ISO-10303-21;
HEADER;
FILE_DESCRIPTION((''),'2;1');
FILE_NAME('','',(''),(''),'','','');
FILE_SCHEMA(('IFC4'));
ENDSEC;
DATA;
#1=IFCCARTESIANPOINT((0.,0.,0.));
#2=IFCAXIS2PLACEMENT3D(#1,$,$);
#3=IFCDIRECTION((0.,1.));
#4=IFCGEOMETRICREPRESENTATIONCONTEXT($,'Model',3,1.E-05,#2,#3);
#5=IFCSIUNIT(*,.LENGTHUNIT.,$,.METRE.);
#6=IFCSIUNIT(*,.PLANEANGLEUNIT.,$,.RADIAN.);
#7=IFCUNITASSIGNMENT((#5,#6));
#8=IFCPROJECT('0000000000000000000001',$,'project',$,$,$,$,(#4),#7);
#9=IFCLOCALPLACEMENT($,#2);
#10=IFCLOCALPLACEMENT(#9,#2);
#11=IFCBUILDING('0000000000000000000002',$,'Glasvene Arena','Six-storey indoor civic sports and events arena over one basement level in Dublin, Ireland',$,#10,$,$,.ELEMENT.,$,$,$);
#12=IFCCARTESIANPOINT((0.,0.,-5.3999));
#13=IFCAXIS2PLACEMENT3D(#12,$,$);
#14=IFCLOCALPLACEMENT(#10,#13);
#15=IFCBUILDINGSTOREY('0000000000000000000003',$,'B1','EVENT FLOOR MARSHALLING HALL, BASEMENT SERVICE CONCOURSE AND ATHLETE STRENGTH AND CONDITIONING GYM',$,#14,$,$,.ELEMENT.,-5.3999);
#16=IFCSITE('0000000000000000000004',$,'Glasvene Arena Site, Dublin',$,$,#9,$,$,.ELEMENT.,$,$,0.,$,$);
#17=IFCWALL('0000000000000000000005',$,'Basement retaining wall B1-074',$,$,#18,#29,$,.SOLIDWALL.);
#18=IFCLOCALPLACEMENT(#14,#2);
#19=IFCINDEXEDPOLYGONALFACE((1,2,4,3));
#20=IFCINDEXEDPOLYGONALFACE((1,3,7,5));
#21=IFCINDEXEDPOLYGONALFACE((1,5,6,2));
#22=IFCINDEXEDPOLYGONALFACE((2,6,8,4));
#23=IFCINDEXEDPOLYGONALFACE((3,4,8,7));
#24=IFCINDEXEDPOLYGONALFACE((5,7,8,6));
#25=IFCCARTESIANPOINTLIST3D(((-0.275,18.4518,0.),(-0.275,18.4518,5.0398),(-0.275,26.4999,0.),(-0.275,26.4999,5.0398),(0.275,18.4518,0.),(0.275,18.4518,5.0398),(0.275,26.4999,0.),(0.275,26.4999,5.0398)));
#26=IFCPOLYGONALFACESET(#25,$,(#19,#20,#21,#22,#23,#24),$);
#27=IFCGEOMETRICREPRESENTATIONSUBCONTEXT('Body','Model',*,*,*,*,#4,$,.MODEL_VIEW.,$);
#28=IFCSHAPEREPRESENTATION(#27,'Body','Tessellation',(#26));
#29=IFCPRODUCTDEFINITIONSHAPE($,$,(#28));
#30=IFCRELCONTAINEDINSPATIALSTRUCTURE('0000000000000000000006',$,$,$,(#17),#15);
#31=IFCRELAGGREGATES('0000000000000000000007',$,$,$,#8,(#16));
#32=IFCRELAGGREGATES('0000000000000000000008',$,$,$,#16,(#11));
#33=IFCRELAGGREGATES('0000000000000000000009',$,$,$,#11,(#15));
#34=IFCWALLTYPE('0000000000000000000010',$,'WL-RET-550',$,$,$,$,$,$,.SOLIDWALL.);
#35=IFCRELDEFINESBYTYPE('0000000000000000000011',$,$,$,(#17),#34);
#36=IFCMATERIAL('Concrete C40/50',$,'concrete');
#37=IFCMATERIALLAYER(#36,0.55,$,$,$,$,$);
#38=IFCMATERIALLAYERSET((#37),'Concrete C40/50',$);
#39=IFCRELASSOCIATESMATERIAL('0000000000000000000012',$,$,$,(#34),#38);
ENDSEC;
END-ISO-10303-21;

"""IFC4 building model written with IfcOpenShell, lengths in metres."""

from ifc_helpers import new_model, si_unit, direction, frame, frame_2d, origin, place, context, subcontext, project, spatial, rectangle, extrude, material, layer, layer_set, type_object, element, save


model = new_model("IFC4")

# Units and contexts
model_context = context("Model", 3, precision=1e-05, world=origin(), true_north=direction((0.0, 1.0)))
body_context = subcontext(model_context, "Body", "Model", "MODEL_VIEW")
ifc_project = project(units=[si_unit("LENGTHUNIT", "METRE"), si_unit("PLANEANGLEUNIT", "RADIAN")], contexts=[model_context])

# Site, building, storey
site_placement = place(None, origin())
site = spatial("IfcSite", under=ifc_project, at=site_placement, Name="Glasvene Arena Site, Dublin", CompositionType="ELEMENT", RefElevation=0.0)
building_placement = place(site_placement, origin())
building = spatial("IfcBuilding", under=site, at=building_placement, Name="Glasvene Arena", Description="Six-storey indoor civic sports and events arena over one basement level in Dublin, Ireland", CompositionType="ELEMENT")
storey_placement = place(building_placement, frame((0.0, 0.0, -5.3999)))
storey = spatial("IfcBuildingStorey", under=building, at=storey_placement, Name="B1", Description="EVENT FLOOR MARSHALLING HALL, BASEMENT SERVICE CONCOURSE AND ATHLETE STRENGTH AND CONDITIONING GYM", CompositionType="ELEMENT", Elevation=-5.3999)

# Shared definitions
ifc_material_1 = material(Name="Concrete C40/50", Category="concrete")

# Wall
ifc_layer_1 = layer(ifc_material_1, 0.55)
ifc_layer_set_1 = layer_set([ifc_layer_1], Name="Concrete C40/50")
wall_type_1 = type_object("IfcWallType", Name="WL-RET-550", PredefinedType="SOLIDWALL", material=ifc_layer_set_1)
wall_1_placement = place(storey_placement, frame((0.0, 18.4519, 0.0), z_axis=(0.0, 0.0, 1.0), x_axis=(0.0, 1.0, 0.0)))
element("IfcWall", 1, at=wall_1_placement, inside=storey, type_object=wall_type_1, Name="Basement retaining wall B1-074", PredefinedType="SOLIDWALL", context=body_context, shape_type="SweptSolid", body=[
    extrude(rectangle(XDim=8.0481, YDim=0.55, at=frame_2d((4.0239, 0.0))), origin(), (0.0, 0.0, 1.0), 5.0398),
])

save(model, "model.ifc")
